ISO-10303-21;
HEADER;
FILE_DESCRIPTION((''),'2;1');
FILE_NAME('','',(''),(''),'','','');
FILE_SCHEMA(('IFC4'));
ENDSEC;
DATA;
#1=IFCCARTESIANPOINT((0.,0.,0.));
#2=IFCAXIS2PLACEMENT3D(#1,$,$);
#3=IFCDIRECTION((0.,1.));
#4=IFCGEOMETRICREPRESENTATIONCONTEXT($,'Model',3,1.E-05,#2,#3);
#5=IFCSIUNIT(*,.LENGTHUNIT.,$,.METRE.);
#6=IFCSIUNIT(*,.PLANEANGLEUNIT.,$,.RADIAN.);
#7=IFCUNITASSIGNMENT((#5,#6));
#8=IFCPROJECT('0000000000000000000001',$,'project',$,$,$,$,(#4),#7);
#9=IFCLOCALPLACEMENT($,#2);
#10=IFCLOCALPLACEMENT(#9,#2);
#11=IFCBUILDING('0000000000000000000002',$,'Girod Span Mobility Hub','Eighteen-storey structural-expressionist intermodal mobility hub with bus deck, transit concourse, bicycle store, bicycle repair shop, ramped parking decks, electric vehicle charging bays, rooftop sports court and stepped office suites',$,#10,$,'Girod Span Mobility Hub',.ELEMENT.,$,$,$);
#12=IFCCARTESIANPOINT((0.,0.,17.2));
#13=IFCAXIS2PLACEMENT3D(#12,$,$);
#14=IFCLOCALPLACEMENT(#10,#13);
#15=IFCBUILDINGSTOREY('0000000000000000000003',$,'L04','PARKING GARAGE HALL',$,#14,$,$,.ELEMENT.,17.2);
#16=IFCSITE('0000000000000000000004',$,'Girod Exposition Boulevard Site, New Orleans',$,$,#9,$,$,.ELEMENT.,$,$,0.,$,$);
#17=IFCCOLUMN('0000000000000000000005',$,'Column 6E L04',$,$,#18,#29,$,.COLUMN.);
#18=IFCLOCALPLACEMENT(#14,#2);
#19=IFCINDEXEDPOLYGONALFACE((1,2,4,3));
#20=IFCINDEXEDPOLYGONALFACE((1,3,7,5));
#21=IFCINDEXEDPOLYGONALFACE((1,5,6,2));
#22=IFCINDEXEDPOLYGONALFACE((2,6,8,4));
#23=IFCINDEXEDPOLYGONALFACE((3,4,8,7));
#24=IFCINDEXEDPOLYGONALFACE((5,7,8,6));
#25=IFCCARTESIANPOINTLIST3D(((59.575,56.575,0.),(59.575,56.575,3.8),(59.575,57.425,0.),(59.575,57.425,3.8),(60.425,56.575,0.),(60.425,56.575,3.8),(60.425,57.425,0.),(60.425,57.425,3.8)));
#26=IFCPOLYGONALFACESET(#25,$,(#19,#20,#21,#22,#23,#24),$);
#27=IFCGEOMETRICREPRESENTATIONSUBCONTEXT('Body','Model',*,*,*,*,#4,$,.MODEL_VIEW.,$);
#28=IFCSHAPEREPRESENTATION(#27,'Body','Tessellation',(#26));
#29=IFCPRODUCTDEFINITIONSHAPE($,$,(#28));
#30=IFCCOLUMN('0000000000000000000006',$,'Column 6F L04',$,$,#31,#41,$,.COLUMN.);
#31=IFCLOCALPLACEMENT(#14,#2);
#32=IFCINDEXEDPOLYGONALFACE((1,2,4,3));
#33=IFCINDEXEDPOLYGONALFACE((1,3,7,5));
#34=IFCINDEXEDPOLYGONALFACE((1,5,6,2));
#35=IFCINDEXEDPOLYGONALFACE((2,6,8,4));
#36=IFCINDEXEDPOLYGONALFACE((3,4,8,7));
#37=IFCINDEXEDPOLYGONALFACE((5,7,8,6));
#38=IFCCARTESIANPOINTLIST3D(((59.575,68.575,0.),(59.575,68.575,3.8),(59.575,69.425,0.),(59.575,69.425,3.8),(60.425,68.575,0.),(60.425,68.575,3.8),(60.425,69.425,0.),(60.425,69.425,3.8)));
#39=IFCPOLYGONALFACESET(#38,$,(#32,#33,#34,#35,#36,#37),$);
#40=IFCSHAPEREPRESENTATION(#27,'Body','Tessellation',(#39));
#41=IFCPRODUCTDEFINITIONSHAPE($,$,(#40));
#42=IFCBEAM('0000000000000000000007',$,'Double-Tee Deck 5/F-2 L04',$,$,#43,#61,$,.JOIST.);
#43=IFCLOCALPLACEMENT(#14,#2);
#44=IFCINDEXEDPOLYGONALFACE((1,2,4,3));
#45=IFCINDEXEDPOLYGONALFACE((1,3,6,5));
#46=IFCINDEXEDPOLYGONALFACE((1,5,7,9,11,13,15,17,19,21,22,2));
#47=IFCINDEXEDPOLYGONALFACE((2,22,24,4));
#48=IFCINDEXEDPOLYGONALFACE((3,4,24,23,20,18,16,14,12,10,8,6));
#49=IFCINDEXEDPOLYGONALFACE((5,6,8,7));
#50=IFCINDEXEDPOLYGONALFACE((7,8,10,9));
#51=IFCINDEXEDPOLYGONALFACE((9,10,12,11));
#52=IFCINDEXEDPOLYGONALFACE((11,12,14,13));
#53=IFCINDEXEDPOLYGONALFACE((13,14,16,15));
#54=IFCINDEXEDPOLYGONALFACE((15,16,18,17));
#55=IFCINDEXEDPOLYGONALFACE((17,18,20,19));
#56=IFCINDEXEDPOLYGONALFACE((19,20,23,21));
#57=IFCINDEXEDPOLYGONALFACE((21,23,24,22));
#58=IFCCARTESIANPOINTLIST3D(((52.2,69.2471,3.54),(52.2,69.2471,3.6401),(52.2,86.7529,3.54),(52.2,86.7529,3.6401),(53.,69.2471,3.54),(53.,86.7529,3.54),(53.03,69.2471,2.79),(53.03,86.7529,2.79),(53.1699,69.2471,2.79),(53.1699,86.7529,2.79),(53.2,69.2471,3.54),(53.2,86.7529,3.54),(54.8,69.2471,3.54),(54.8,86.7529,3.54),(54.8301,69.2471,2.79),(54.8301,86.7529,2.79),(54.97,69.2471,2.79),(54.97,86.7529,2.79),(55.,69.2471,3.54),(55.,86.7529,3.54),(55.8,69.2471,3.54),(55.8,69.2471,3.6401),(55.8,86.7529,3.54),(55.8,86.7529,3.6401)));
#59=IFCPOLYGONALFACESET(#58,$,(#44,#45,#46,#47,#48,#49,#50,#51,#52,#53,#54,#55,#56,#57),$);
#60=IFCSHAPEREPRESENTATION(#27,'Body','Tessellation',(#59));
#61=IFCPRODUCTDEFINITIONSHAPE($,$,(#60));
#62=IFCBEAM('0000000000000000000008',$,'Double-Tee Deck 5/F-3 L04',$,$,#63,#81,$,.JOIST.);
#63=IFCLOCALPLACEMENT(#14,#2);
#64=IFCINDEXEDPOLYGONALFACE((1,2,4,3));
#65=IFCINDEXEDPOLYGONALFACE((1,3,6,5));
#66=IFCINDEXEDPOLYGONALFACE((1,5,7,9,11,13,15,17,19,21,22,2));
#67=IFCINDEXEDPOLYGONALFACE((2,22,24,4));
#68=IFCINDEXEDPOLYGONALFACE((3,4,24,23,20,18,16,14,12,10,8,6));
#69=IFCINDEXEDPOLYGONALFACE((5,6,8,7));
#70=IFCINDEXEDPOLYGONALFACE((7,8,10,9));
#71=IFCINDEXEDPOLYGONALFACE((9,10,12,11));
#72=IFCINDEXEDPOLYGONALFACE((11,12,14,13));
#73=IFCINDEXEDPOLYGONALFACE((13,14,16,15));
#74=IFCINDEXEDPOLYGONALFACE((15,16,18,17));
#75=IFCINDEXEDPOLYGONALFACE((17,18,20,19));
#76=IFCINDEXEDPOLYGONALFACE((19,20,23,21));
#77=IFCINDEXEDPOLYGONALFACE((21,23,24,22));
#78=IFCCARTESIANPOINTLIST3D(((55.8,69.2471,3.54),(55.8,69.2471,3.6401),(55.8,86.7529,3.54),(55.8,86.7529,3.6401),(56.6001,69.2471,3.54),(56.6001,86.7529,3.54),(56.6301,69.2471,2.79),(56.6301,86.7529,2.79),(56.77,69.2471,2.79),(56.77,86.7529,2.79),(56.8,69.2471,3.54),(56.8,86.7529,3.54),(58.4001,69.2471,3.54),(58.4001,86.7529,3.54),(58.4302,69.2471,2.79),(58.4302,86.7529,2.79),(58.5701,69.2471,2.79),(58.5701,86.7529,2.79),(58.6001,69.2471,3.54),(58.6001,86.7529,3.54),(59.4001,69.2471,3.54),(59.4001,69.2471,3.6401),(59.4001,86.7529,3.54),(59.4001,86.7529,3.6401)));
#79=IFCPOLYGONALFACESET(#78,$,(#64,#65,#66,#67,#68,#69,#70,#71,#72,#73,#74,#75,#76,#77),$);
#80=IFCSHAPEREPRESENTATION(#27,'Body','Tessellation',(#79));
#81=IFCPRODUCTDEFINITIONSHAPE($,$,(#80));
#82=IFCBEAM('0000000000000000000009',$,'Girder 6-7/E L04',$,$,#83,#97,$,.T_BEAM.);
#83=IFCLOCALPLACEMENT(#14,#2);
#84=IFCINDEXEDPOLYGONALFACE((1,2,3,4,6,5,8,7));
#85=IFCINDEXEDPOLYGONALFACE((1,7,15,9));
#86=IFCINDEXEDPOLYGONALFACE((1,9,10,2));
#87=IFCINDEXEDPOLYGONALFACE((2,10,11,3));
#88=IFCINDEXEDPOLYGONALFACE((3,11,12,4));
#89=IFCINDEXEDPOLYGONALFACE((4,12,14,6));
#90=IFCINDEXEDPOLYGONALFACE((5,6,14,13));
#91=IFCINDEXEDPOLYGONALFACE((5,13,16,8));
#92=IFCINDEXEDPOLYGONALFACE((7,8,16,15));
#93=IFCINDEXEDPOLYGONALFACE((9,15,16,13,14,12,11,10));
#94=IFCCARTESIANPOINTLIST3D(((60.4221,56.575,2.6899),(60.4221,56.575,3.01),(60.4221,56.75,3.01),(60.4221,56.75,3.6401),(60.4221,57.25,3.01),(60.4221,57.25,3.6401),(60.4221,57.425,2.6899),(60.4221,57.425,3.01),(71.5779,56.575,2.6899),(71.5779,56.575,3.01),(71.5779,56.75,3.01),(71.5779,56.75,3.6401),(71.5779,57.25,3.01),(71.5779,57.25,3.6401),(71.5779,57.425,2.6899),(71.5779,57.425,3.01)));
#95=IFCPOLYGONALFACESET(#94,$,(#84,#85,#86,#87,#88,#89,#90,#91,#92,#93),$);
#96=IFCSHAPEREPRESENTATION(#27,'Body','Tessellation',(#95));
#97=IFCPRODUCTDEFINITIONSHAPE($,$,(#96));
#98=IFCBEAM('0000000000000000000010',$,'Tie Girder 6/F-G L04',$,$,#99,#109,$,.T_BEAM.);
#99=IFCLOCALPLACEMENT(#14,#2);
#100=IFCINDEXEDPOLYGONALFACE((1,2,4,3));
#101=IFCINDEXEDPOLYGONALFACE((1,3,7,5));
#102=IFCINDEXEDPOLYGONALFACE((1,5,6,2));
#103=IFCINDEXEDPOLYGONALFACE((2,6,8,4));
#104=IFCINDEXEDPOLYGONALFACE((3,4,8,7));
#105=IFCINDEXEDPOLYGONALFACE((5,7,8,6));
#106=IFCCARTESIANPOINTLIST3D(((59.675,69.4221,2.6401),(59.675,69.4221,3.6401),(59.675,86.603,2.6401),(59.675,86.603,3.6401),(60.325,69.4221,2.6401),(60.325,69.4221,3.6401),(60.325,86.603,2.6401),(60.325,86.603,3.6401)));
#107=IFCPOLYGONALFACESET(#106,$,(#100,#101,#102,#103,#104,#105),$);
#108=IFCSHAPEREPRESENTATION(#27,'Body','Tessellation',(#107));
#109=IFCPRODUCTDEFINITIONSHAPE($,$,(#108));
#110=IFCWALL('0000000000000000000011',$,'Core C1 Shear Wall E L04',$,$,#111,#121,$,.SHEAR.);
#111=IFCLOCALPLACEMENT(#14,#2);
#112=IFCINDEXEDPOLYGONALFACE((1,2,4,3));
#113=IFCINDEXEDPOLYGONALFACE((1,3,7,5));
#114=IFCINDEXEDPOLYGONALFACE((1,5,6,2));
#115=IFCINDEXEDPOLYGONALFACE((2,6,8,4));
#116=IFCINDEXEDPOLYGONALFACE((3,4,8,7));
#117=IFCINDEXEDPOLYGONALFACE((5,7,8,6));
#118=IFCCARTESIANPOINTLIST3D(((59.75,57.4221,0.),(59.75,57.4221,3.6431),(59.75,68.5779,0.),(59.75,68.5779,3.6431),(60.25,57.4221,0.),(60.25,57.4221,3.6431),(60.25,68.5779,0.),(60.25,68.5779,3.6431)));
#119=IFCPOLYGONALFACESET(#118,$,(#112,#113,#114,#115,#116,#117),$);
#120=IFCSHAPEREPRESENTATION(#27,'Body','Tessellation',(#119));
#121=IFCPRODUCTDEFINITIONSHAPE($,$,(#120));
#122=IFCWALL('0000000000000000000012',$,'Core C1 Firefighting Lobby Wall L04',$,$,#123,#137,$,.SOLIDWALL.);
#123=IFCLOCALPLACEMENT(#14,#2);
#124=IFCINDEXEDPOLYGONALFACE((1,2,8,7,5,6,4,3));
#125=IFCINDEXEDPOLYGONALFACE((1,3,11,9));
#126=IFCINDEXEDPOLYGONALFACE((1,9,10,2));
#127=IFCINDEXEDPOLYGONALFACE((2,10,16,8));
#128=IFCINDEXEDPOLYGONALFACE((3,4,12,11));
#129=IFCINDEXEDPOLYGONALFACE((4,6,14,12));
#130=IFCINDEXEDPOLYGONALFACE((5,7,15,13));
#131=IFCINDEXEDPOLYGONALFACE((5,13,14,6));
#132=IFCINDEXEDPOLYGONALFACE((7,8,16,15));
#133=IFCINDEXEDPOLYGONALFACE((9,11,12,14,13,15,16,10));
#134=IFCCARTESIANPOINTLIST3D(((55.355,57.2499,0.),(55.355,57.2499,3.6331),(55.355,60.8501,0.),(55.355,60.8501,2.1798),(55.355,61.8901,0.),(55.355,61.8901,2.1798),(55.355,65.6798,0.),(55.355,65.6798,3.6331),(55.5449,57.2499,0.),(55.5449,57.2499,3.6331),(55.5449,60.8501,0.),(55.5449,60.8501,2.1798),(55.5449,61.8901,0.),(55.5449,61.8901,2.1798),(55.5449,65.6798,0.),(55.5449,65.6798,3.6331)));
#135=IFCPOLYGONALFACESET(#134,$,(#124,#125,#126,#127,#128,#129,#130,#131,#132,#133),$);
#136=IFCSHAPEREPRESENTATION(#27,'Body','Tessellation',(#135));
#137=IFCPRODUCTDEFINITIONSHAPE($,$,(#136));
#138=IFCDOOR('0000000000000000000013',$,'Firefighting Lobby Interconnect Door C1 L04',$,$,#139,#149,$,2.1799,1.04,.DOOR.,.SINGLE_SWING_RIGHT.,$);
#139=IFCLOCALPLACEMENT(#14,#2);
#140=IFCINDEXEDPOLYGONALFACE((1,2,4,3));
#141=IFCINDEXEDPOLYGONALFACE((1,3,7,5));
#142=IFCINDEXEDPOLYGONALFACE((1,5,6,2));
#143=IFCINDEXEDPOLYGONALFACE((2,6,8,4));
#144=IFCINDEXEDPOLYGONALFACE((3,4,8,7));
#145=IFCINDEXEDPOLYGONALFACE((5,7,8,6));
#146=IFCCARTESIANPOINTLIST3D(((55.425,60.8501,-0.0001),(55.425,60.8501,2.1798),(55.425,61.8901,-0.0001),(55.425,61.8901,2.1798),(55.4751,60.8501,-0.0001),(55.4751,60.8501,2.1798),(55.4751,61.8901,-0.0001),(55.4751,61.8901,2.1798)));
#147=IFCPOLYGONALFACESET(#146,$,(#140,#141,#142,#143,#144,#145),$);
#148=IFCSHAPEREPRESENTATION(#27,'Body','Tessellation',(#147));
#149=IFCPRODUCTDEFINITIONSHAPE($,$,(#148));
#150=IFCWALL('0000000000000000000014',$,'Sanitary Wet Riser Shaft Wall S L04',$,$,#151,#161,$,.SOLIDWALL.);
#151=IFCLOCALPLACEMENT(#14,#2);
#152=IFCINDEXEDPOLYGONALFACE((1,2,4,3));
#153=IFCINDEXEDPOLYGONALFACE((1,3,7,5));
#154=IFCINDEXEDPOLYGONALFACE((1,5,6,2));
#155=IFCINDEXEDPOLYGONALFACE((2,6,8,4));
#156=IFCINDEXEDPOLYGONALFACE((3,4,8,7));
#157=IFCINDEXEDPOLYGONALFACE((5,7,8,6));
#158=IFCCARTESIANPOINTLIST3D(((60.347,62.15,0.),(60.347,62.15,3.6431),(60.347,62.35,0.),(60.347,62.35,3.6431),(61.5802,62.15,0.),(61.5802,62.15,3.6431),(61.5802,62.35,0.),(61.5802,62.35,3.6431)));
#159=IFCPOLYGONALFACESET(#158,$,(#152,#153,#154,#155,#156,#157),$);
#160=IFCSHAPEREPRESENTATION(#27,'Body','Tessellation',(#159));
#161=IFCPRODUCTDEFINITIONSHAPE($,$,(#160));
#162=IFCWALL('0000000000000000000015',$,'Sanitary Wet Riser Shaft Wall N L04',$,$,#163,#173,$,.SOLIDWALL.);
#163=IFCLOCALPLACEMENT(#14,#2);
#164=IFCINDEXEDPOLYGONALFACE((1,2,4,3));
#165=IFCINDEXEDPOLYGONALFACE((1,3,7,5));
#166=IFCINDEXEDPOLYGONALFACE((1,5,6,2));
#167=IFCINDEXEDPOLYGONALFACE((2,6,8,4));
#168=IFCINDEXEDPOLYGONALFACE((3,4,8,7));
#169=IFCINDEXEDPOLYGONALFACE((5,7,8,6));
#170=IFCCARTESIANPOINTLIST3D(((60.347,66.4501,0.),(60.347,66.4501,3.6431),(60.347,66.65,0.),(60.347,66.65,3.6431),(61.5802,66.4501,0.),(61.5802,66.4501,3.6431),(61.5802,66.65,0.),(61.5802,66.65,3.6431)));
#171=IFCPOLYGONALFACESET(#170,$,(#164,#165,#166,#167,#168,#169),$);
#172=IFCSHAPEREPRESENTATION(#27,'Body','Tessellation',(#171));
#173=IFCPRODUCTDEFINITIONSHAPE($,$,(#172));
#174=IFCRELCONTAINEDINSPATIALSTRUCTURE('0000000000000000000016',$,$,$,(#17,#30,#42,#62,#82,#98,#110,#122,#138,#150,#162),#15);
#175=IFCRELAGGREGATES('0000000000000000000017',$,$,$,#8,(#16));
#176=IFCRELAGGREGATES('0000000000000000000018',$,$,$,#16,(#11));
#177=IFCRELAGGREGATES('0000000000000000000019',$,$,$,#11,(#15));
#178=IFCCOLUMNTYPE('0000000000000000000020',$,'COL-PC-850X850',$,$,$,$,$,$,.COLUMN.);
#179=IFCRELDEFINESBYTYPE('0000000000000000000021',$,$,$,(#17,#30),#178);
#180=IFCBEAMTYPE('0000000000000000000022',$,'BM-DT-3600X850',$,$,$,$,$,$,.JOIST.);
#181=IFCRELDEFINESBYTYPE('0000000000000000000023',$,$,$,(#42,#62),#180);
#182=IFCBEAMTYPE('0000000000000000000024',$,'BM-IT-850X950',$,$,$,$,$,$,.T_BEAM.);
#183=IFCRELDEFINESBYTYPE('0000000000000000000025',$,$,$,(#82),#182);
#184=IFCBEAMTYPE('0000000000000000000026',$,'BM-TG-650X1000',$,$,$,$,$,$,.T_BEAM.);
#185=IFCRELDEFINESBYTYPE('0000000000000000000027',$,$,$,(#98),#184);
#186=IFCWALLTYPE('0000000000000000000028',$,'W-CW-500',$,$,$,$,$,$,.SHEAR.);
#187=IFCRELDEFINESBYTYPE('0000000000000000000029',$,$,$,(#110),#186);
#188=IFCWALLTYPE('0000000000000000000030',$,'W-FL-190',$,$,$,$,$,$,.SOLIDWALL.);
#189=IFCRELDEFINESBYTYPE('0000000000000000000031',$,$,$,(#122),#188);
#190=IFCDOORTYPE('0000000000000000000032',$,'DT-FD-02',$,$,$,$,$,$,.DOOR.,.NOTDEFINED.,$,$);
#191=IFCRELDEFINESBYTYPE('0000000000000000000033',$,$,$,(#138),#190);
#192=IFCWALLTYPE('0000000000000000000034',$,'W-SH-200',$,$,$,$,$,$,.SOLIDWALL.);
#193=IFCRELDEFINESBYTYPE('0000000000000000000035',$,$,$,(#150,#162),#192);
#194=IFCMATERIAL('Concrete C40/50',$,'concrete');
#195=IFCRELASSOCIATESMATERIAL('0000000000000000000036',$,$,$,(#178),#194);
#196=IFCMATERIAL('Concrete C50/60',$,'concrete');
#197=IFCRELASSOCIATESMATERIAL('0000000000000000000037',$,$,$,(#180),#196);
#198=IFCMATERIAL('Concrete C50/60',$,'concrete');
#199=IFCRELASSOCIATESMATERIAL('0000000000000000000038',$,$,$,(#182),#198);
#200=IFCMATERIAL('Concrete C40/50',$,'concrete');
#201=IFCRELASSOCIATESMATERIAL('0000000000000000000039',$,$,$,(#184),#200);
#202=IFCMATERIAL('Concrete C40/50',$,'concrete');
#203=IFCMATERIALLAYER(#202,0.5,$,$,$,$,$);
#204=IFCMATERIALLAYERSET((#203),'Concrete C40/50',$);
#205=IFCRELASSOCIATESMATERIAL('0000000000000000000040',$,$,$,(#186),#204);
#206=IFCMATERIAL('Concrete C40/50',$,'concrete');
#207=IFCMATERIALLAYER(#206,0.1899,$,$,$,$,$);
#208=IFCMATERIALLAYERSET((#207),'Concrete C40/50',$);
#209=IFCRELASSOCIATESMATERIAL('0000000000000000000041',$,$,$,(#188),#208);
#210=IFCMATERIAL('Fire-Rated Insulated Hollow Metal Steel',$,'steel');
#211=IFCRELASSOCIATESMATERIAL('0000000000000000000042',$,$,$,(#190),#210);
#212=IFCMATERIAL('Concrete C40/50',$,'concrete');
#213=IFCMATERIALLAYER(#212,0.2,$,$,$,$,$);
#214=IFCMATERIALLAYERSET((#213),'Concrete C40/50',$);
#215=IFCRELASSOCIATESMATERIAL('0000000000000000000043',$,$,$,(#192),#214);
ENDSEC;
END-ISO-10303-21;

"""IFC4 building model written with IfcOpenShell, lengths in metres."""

from ifc_helpers import new_model, si_unit, direction, frame, frame_2d, origin, origin_2d, place, context, subcontext, project, spatial, polyline, rectangle, outline, extrude, material, layer, layer_set, material_profile, profile_set, type_object, element, fill, save


model = new_model("IFC4")

# Units and contexts
model_context = context("Model", 3, precision=1e-05, world=origin(), true_north=direction((0.0, 1.0)))
body_context = subcontext(model_context, "Body", "Model", "MODEL_VIEW")
ifc_project = project(units=[si_unit("LENGTHUNIT", "METRE"), si_unit("PLANEANGLEUNIT", "RADIAN")], contexts=[model_context])

# Site, building, storey
site_placement = place(None, origin())
site = spatial("IfcSite", under=ifc_project, at=site_placement, Name="Girod Exposition Boulevard Site, New Orleans", CompositionType="ELEMENT", RefElevation=0.0)
building_placement = place(site_placement, origin())
building = spatial("IfcBuilding", under=site, at=building_placement, Name="Girod Span Mobility Hub", Description="Eighteen-storey structural-expressionist intermodal mobility hub with bus deck, transit concourse, bicycle store, bicycle repair shop, ramped parking decks, electric vehicle charging bays, rooftop sports court and stepped office suites", LongName="Girod Span Mobility Hub", CompositionType="ELEMENT")
storey_placement = place(building_placement, frame((0.0, 0.0, 17.2)))
storey = spatial("IfcBuildingStorey", under=building, at=storey_placement, Name="L04", Description="PARKING GARAGE HALL", CompositionType="ELEMENT", Elevation=17.2)

# Columns
ifc_material_1 = material(Name="Concrete C40/50", Category="concrete")
ifc_material_profile_1 = material_profile(ifc_material_1, rectangle(XDim=0.8501, YDim=0.8501, at=origin_2d()), Name="PC-COL-850X850")
ifc_profile_set_1 = profile_set([ifc_material_profile_1], Name="Concrete C40/50")
column_type = type_object("IfcColumnType", Name="COL-PC-850X850", PredefinedType="COLUMN", material=ifc_profile_set_1)
for number, where, z_axis, x_axis, name in (
    (1, (60.0, 57.0, 0.0), (0.0, 0.0, 1.0), (1.0, 0.0, 0.0), "Column 6E L04"),
    (2, (60.0, 69.0, 0.0), (0.0, 0.0, 1.0), (1.0, 0.0, 0.0), "Column 6F L04"),
):
    element("IfcColumn", number, at=place(storey_placement, frame(where, z_axis=z_axis, x_axis=x_axis)), inside=storey, type_object=column_type, Name=name, PredefinedType="COLUMN", context=body_context, shape_type="SweptSolid", body=[
        extrude(rectangle(XDim=0.8501, YDim=0.8501, at=origin_2d()), origin(), (0.0, 0.0, 1.0), 3.8),
    ])

# Beams
ifc_material_2 = material(Name="Concrete C50/60", Category="concrete")
ifc_material_profile_2 = material_profile(ifc_material_2, outline(polyline([(-1.8, 0.425), (-1.8, 0.325), (-1.0, 0.325), (-0.97, -0.425), (-0.8301, -0.425), (-0.8, 0.325), (0.8, 0.325), (0.8301, -0.425), (0.97, -0.425), (1.0, 0.325), (1.8, 0.325), (1.8, 0.425), (-1.8, 0.425)])), Name="DT-3600X850")
ifc_profile_set_2 = profile_set([ifc_material_profile_2], Name="Concrete C50/60")
beam_type_1 = type_object("IfcBeamType", Name="BM-DT-3600X850", PredefinedType="JOIST", material=ifc_profile_set_2)
for number, where, z_axis, x_axis, name in (
    (3, (54.0, 69.2471, 3.2151), (0.0, 1.0, 0.0), (-1.0, 0.0, 0.0), "Double-Tee Deck 5/F-2 L04"),
    (4, (57.6001, 69.2471, 3.2151), (0.0, 1.0, 0.0), (-1.0, 0.0, 0.0), "Double-Tee Deck 5/F-3 L04"),
):
    element("IfcBeam", number, at=place(storey_placement, frame(where, z_axis=z_axis, x_axis=x_axis)), inside=storey, type_object=beam_type_1, Name=name, PredefinedType="JOIST", context=body_context, shape_type="SweptSolid", body=[
        extrude(outline(polyline([(-1.8, 0.425), (-1.8, 0.325), (-1.0, 0.325), (-0.97, -0.425), (-0.8301, -0.425), (-0.8, 0.325), (0.8, 0.325), (0.8301, -0.425), (0.97, -0.425), (1.0, 0.325), (1.8, 0.325), (1.8, 0.425), (-1.8, 0.425)])), origin(), (0.0, 0.0, 1.0), 17.5059),
    ])
ifc_material_3 = material(Name="Concrete C50/60", Category="concrete")
ifc_material_profile_3 = material_profile(ifc_material_3, outline(polyline([(-0.425, -0.4751), (0.425, -0.4751), (0.425, -0.155), (0.25, -0.155), (0.25, 0.4751), (-0.25, 0.4751), (-0.25, -0.155), (-0.425, -0.155), (-0.425, -0.4751)])), Name="IT-850X950")
ifc_profile_set_3 = profile_set([ifc_material_profile_3], Name="Concrete C50/60")
beam_type_2 = type_object("IfcBeamType", Name="BM-IT-850X950", PredefinedType="T_BEAM", material=ifc_profile_set_3)
beam_1_placement = place(storey_placement, frame((60.4221, 57.0, 3.165), z_axis=(1.0, 0.0, 0.0), x_axis=(0.0, 1.0, 0.0)))
element("IfcBeam", 5, at=beam_1_placement, inside=storey, type_object=beam_type_2, Name="Girder 6-7/E L04", PredefinedType="T_BEAM", context=body_context, shape_type="SweptSolid", body=[
    extrude(outline(polyline([(-0.425, -0.4751), (0.425, -0.4751), (0.425, -0.155), (0.25, -0.155), (0.25, 0.4751), (-0.25, 0.4751), (-0.25, -0.155), (-0.425, -0.155), (-0.425, -0.4751)])), origin(), (0.0, 0.0, 1.0), 11.1558),
])
ifc_material_4 = material(Name="Concrete C40/50", Category="concrete")
ifc_material_profile_4 = material_profile(ifc_material_4, rectangle(XDim=0.6499, YDim=1.0, at=origin_2d()), Name="TG-650X1000")
ifc_profile_set_4 = profile_set([ifc_material_profile_4], Name="Concrete C40/50")
beam_type_3 = type_object("IfcBeamType", Name="BM-TG-650X1000", PredefinedType="T_BEAM", material=ifc_profile_set_4)
beam_2_placement = place(storey_placement, frame((60.0, 69.4221, 3.1401), z_axis=(0.0, 1.0, 0.0), x_axis=(-1.0, 0.0, 0.0)))
element("IfcBeam", 6, at=beam_2_placement, inside=storey, type_object=beam_type_3, Name="Tie Girder 6/F-G L04", PredefinedType="T_BEAM", context=body_context, shape_type="SweptSolid", body=[
    extrude(rectangle(XDim=0.6499, YDim=1.0, at=origin_2d()), origin(), (0.0, 0.0, 1.0), 17.1809),
])

# Wall
ifc_material_5 = material(Name="Concrete C40/50", Category="concrete")
ifc_layer_1 = layer(ifc_material_5, 0.5)
ifc_layer_set_1 = layer_set([ifc_layer_1], Name="Concrete C40/50")
wall_type_1 = type_object("IfcWallType", Name="W-CW-500", PredefinedType="SHEAR", material=ifc_layer_set_1)
wall_1_placement = place(storey_placement, frame((60.0, 57.4221, 0.0), z_axis=(0.0, 0.0, 1.0), x_axis=(0.0, 1.0, 0.0)))
element("IfcWall", 7, at=wall_1_placement, inside=storey, type_object=wall_type_1, Name="Core C1 Shear Wall E L04", PredefinedType="SHEAR", context=body_context, shape_type="SweptSolid", body=[
    extrude(rectangle(XDim=11.1558, YDim=0.5, at=frame_2d((5.5779, 0.0))), origin(), (0.0, 0.0, 1.0), 3.6431),
])

# Wall, opening, door
ifc_material_6 = material(Name="Concrete C40/50", Category="concrete")
ifc_layer_2 = layer(ifc_material_6, 0.1899)
ifc_layer_set_2 = layer_set([ifc_layer_2], Name="Concrete C40/50")
wall_type_2 = type_object("IfcWallType", Name="W-FL-190", PredefinedType="SOLIDWALL", material=ifc_layer_set_2)
wall_2_placement = place(storey_placement, frame((55.45, 57.25, 0.0), z_axis=(0.0, 0.0, 1.0), x_axis=(0.0, 1.0, 0.0)))
wall_2 = element("IfcWall", 8, at=wall_2_placement, inside=storey, type_object=wall_type_2, Name="Core C1 Firefighting Lobby Wall L04", PredefinedType="SOLIDWALL", context=body_context, shape_type="SweptSolid", body=[
    extrude(rectangle(XDim=8.4299, YDim=0.1899, at=frame_2d((4.2148, 0.0))), origin(), (0.0, 0.0, 1.0), 3.6331),
])
opening_1_placement = place(wall_2_placement, frame((3.6001, 0.0, 0.0)))
opening_1 = element("IfcOpeningElement", 9, at=opening_1_placement, cuts=wall_2, PredefinedType="OPENING", context=body_context, shape_type="SweptSolid", body=[
    extrude(rectangle(XDim=1.04, YDim=2.1799, at=frame_2d((0.52, 1.0898))), frame((0.0, 0.1099, 0.0), z_axis=(0.0, -1.0, 0.0), x_axis=(1.0, 0.0, 0.0)), (0.0, 0.0, 1.0), 0.22),
])
ifc_material_7 = material(Name="Fire-Rated Insulated Hollow Metal Steel", Category="steel")
door_type_1 = type_object("IfcDoorType", Name="DT-FD-02", OperationType="NOTDEFINED", PredefinedType="DOOR", material=ifc_material_7)
door_1_placement = place(opening_1_placement, origin())
door_1 = element("IfcDoor", 10, at=door_1_placement, inside=storey, type_object=door_type_1, Name="Firefighting Lobby Interconnect Door C1 L04", OperationType="SINGLE_SWING_RIGHT", OverallHeight=2.1799, OverallWidth=1.04, PredefinedType="DOOR", context=body_context, shape_type="SweptSolid", body=[
    extrude(rectangle(XDim=1.04, YDim=2.1799, at=frame_2d((0.52, 1.0898))), frame((0.0, 0.0249, 0.0), z_axis=(0.0, -1.0, 0.0), x_axis=(1.0, 0.0, 0.0)), (0.0, 0.0, 1.0), 0.05),
])
fill(opening_1, door_1)

# Walls
ifc_material_8 = material(Name="Concrete C40/50", Category="concrete")
ifc_layer_3 = layer(ifc_material_8, 0.2)
ifc_layer_set_3 = layer_set([ifc_layer_3], Name="Concrete C40/50")
wall_type_3 = type_object("IfcWallType", Name="W-SH-200", PredefinedType="SOLIDWALL", material=ifc_layer_set_3)
for number, where, z_axis, x_axis, name in (
    (11, (60.3469, 62.25, 0.0), (0.0, 0.0, 1.0), (1.0, 0.0, 0.0), "Sanitary Wet Riser Shaft Wall S L04"),
    (12, (60.3469, 66.55, 0.0), (0.0, 0.0, 1.0), (1.0, 0.0, 0.0), "Sanitary Wet Riser Shaft Wall N L04"),
):
    element("IfcWall", number, at=place(storey_placement, frame(where, z_axis=z_axis, x_axis=x_axis)), inside=storey, type_object=wall_type_3, Name=name, PredefinedType="SOLIDWALL", context=body_context, shape_type="SweptSolid", body=[
        extrude(rectangle(XDim=1.2332, YDim=0.2, at=frame_2d((0.6167, 0.0))), origin(), (0.0, 0.0, 1.0), 3.6431),
    ])

save(model, "model.ifc")
